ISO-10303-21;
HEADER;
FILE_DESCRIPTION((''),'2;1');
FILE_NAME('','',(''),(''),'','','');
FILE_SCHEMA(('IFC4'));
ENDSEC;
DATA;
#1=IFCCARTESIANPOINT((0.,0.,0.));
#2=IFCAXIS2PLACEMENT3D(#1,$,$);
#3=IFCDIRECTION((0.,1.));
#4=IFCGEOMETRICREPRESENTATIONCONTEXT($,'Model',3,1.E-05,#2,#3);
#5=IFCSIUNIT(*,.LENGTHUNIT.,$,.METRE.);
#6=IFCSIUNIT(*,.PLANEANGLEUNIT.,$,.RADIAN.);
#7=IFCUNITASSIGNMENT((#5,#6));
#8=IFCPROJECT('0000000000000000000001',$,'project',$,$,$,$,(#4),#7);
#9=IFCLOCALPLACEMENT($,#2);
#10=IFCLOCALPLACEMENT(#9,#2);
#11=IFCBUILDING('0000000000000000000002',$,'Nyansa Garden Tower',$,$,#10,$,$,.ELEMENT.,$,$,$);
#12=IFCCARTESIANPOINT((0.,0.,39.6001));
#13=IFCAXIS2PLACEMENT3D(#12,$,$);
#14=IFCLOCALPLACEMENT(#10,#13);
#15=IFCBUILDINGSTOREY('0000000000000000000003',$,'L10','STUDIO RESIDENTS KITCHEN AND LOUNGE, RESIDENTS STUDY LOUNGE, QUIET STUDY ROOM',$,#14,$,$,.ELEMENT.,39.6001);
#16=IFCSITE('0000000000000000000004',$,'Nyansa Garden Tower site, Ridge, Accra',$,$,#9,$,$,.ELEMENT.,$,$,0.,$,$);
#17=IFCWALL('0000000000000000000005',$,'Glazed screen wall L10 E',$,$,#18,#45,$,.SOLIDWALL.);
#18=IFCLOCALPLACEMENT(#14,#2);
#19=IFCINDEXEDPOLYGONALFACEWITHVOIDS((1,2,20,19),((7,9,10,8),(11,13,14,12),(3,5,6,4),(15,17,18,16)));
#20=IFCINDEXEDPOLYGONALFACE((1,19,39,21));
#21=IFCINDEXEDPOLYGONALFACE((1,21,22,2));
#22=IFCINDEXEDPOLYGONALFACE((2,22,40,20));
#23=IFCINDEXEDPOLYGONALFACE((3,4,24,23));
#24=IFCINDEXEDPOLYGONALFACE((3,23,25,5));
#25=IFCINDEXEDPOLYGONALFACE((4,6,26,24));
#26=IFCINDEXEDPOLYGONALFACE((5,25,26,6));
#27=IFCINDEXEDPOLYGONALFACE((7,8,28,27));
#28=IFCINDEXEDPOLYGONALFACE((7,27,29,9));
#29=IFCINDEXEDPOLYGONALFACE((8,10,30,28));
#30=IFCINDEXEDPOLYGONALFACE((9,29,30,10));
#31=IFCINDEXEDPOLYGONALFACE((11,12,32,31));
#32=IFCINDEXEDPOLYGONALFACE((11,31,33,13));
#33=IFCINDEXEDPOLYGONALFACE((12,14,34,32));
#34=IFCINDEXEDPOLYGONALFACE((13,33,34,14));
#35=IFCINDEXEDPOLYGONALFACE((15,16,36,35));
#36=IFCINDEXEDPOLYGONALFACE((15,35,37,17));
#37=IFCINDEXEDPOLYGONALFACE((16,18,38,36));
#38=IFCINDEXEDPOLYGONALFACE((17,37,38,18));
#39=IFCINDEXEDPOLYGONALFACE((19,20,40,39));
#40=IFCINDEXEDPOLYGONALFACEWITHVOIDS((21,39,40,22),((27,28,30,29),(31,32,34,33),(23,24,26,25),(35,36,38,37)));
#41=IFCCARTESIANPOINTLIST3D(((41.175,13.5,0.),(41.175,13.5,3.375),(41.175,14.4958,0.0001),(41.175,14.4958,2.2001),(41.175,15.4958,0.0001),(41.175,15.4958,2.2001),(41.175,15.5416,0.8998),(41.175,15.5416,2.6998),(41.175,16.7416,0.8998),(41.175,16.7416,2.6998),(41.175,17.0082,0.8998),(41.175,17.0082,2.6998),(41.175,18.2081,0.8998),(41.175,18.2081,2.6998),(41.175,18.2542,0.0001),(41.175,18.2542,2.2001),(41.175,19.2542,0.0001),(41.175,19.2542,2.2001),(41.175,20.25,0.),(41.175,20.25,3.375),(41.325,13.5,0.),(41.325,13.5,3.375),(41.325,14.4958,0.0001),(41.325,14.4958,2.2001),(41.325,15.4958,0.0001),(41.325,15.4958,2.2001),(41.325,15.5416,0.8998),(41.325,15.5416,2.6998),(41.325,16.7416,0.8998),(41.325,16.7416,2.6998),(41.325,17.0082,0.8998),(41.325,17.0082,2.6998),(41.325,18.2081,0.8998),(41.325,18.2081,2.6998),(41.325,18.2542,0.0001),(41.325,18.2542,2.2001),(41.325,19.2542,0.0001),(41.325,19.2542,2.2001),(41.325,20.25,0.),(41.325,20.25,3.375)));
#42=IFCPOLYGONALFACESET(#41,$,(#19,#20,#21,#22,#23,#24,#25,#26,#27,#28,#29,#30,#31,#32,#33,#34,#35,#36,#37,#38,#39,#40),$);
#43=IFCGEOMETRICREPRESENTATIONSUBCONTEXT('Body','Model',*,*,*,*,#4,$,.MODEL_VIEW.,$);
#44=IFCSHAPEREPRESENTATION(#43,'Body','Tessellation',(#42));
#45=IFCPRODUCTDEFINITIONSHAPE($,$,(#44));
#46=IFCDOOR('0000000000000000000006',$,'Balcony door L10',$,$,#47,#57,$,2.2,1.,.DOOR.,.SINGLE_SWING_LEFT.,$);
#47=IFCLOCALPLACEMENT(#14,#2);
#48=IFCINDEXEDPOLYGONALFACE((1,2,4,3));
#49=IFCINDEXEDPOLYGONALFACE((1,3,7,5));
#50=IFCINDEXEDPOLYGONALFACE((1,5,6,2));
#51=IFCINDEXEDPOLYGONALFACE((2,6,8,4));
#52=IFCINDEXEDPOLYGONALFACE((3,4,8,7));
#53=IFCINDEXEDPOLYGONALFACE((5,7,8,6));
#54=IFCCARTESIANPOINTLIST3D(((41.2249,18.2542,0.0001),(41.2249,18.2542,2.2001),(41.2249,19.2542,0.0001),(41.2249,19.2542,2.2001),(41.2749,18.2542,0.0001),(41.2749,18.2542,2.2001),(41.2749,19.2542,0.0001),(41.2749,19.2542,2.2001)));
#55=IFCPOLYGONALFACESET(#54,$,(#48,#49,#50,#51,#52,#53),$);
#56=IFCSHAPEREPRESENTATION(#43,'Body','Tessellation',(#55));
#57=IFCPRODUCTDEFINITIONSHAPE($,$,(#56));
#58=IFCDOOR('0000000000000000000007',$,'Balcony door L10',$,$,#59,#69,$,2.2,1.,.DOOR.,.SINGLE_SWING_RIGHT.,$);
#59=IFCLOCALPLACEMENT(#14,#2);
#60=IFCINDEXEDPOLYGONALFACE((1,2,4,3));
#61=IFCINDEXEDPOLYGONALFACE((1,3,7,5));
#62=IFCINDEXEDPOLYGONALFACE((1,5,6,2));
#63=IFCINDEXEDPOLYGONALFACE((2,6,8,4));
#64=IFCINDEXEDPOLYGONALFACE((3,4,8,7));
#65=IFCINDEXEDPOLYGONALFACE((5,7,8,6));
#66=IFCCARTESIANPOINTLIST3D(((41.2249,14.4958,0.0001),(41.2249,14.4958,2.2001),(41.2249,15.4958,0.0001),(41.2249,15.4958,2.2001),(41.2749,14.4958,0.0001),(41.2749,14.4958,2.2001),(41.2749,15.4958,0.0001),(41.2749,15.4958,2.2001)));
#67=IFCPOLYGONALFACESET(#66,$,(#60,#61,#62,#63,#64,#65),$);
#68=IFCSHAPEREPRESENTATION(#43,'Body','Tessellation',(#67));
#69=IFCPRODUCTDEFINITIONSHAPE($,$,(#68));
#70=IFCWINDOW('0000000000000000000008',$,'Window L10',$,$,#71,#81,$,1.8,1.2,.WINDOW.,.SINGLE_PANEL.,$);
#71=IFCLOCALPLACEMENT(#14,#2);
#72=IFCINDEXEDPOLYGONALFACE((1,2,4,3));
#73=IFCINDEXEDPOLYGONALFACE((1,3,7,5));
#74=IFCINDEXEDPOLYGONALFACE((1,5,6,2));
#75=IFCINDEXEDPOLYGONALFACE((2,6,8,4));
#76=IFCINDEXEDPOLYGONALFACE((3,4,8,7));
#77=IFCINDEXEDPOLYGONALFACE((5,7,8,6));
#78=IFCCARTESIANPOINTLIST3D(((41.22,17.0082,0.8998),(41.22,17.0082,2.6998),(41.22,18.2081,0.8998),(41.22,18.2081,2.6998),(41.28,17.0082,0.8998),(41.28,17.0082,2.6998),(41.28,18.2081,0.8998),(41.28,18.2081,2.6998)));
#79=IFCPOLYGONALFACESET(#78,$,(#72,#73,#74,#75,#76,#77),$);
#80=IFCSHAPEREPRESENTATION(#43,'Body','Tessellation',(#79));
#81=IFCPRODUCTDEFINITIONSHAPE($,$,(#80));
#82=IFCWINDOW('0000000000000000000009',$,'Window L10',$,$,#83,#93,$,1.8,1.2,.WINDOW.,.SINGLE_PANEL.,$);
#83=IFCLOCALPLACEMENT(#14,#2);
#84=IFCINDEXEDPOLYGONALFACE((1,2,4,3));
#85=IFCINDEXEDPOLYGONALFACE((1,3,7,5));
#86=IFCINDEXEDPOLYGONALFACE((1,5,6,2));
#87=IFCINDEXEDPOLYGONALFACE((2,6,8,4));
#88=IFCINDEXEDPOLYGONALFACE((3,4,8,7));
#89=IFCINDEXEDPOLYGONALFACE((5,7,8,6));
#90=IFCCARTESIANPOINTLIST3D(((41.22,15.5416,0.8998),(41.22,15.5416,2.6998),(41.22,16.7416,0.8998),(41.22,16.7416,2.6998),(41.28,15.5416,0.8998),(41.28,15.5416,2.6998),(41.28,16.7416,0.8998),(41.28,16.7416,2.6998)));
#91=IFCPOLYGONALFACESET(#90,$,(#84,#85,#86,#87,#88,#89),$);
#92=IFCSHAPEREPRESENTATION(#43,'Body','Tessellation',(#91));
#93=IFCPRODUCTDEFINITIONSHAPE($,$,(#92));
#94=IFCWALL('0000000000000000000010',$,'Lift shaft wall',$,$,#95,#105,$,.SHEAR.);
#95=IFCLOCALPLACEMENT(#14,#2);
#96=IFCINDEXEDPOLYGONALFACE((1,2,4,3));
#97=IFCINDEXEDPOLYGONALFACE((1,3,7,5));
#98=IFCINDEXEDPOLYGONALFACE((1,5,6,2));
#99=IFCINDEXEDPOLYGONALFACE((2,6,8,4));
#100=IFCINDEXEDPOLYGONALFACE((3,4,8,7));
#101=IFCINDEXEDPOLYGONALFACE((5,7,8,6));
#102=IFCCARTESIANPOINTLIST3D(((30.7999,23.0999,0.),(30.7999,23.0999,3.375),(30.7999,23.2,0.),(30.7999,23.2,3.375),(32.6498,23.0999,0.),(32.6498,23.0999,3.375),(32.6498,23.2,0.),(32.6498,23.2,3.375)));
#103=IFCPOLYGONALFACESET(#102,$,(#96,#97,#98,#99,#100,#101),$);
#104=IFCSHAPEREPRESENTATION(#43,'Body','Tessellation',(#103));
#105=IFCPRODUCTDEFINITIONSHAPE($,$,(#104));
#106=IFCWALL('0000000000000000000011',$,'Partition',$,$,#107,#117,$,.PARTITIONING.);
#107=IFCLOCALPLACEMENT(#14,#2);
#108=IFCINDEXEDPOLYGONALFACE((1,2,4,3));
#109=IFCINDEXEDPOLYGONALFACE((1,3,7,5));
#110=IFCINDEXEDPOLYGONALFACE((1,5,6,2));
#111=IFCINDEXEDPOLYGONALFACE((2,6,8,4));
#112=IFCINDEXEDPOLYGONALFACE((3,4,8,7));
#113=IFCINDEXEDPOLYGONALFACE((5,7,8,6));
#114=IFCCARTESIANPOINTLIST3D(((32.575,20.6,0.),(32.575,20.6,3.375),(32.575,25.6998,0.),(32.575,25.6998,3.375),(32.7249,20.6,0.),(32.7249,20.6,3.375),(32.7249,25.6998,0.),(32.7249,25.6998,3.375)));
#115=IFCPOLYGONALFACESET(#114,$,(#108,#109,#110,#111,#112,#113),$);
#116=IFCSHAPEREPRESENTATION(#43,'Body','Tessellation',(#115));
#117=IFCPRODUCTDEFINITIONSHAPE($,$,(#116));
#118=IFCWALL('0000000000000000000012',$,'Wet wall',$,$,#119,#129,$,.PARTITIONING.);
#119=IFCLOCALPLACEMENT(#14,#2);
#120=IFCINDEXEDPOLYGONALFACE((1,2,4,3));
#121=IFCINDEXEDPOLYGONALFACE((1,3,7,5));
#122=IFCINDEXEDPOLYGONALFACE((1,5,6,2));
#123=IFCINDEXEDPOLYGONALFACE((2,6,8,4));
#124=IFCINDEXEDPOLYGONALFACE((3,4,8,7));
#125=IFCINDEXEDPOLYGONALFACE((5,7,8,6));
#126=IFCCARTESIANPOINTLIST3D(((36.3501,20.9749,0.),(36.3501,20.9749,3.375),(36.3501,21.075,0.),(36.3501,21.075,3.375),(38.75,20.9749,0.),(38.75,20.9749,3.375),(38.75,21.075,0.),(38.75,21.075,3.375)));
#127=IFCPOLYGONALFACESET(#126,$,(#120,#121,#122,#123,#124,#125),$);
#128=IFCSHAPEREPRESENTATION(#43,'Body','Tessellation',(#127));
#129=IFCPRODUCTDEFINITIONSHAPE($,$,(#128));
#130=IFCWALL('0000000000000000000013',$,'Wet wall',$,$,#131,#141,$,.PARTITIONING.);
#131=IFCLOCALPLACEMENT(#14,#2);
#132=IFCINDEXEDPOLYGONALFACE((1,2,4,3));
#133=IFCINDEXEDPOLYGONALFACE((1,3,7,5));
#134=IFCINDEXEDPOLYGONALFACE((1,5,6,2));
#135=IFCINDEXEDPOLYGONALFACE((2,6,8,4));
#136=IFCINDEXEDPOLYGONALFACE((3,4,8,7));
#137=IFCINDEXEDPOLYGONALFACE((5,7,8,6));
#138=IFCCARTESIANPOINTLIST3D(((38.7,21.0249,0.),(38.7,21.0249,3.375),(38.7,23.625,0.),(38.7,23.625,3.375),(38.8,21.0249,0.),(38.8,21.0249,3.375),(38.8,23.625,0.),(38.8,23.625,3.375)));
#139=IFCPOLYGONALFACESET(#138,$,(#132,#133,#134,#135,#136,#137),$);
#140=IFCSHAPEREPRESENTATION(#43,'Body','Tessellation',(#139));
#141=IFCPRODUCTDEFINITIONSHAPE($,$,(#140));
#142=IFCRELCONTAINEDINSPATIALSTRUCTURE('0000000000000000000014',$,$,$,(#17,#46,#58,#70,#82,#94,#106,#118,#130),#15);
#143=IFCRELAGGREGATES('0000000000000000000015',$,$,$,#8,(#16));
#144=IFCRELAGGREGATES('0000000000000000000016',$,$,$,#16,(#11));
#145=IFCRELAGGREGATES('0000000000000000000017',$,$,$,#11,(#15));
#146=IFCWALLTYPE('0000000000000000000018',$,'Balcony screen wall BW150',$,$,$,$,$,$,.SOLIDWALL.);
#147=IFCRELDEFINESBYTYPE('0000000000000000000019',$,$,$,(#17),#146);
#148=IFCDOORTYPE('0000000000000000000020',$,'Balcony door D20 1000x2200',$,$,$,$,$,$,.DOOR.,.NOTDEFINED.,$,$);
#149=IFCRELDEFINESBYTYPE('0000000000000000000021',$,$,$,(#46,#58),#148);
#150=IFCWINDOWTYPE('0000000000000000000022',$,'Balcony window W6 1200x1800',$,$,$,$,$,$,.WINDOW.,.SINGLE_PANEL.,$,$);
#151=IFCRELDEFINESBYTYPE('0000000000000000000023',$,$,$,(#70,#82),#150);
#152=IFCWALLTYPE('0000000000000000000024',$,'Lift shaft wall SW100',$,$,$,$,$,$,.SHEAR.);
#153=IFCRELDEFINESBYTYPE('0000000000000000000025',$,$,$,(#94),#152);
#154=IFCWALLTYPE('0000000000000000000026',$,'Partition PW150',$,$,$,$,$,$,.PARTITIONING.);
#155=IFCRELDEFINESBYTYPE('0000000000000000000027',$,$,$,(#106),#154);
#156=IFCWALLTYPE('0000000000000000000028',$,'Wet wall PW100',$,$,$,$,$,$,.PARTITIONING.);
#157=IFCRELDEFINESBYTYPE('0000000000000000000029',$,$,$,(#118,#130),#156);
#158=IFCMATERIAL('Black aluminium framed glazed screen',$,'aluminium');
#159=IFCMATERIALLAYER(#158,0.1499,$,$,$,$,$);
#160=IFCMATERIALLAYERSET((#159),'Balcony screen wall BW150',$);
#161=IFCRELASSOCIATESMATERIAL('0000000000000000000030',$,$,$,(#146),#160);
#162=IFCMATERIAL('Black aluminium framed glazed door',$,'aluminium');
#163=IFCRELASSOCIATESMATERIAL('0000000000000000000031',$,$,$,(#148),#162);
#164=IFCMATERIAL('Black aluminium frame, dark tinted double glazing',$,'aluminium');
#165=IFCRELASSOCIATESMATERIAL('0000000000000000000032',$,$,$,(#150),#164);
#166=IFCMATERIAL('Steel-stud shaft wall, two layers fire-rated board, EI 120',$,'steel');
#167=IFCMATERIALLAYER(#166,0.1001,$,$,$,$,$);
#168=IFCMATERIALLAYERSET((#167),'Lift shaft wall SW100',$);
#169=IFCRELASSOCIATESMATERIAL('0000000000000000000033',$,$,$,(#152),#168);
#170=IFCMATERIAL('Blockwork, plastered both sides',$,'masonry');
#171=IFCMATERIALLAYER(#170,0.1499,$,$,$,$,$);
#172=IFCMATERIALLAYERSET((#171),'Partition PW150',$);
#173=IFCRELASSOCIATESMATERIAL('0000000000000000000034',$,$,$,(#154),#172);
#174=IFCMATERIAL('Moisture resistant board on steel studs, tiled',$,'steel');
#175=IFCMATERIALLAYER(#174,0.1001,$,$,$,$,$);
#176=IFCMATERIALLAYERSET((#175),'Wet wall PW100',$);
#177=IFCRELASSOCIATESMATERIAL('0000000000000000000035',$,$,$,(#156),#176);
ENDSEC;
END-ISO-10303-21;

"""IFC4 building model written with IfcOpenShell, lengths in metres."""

from ifc_helpers import new_model, si_unit, direction, frame, frame_2d, origin, place, context, subcontext, project, spatial, rectangle, extrude, material, layer, layer_set, type_object, element, fill, save


model = new_model("IFC4")

# Units and contexts
model_context = context("Model", 3, precision=1e-05, world=origin(), true_north=direction((0.0, 1.0)))
body_context = subcontext(model_context, "Body", "Model", "MODEL_VIEW")
ifc_project = project(units=[si_unit("LENGTHUNIT", "METRE"), si_unit("PLANEANGLEUNIT", "RADIAN")], contexts=[model_context])

# Site, building, storey
site_placement = place(None, origin())
site = spatial("IfcSite", under=ifc_project, at=site_placement, Name="Nyansa Garden Tower site, Ridge, Accra", CompositionType="ELEMENT", RefElevation=0.0)
building_placement = place(site_placement, origin())
building = spatial("IfcBuilding", under=site, at=building_placement, Name="Nyansa Garden Tower", CompositionType="ELEMENT")
storey_placement = place(building_placement, frame((0.0, 0.0, 39.6001)))
storey = spatial("IfcBuildingStorey", under=building, at=storey_placement, Name="L10", Description="STUDIO RESIDENTS KITCHEN AND LOUNGE, RESIDENTS STUDY LOUNGE, QUIET STUDY ROOM", CompositionType="ELEMENT", Elevation=39.6001)

# Wall, openings, doors, windows
ifc_material_1 = material(Name="Black aluminium framed glazed screen", Category="aluminium")
ifc_layer_1 = layer(ifc_material_1, 0.1499)
ifc_layer_set_1 = layer_set([ifc_layer_1], Name="Balcony screen wall BW150")
wall_type_1 = type_object("IfcWallType", Name="Balcony screen wall BW150", PredefinedType="SOLIDWALL", material=ifc_layer_set_1)
wall_1_placement = place(storey_placement, frame((41.25, 20.25, 0.0), z_axis=(0.0, 0.0, 1.0), x_axis=(0.0, -1.0, 0.0)))
wall_1 = element("IfcWall", 1, at=wall_1_placement, inside=storey, type_object=wall_type_1, Name="Glazed screen wall L10 E", PredefinedType="SOLIDWALL", context=body_context, shape_type="SweptSolid", body=[
    extrude(rectangle(XDim=6.75, YDim=0.1499, at=frame_2d((3.375, 0.0))), origin(), (0.0, 0.0, 1.0), 3.375),
])
opening_1_placement = place(wall_1_placement, frame((0.9958, 0.0, 0.0)))
opening_1 = element("IfcOpeningElement", 2, at=opening_1_placement, cuts=wall_1, PredefinedType="OPENING", context=body_context, shape_type="SweptSolid", body=[
    extrude(rectangle(XDim=1.0, YDim=2.2, at=frame_2d((0.5, 1.1001))), frame((0.0, 0.085, 0.0), z_axis=(0.0, -1.0, 0.0), x_axis=(1.0, 0.0, 0.0)), (0.0, 0.0, 1.0), 0.1699),
])
opening_2_placement = place(wall_1_placement, frame((2.0417, 0.0, 0.8999)))
opening_2 = element("IfcOpeningElement", 3, at=opening_2_placement, cuts=wall_1, PredefinedType="OPENING", context=body_context, shape_type="SweptSolid", body=[
    extrude(rectangle(XDim=1.2, YDim=1.8, at=frame_2d((0.6001, 0.8999))), frame((0.0, 0.085, 0.0), z_axis=(0.0, -1.0, 0.0), x_axis=(1.0, 0.0, 0.0)), (0.0, 0.0, 1.0), 0.1699),
])
opening_3_placement = place(wall_1_placement, frame((4.7542, 0.0, 0.0)))
opening_3 = element("IfcOpeningElement", 4, at=opening_3_placement, cuts=wall_1, PredefinedType="OPENING", context=body_context, shape_type="SweptSolid", body=[
    extrude(rectangle(XDim=1.0, YDim=2.2, at=frame_2d((0.5, 1.1001))), frame((0.0, 0.085, 0.0), z_axis=(0.0, -1.0, 0.0), x_axis=(1.0, 0.0, 0.0)), (0.0, 0.0, 1.0), 0.1699),
])
opening_4_placement = place(wall_1_placement, frame((3.5083, 0.0, 0.8999)))
opening_4 = element("IfcOpeningElement", 5, at=opening_4_placement, cuts=wall_1, PredefinedType="OPENING", context=body_context, shape_type="SweptSolid", body=[
    extrude(rectangle(XDim=1.2, YDim=1.8, at=frame_2d((0.6001, 0.8999))), frame((0.0, 0.085, 0.0), z_axis=(0.0, -1.0, 0.0), x_axis=(1.0, 0.0, 0.0)), (0.0, 0.0, 1.0), 0.1699),
])
ifc_material_2 = material(Name="Black aluminium framed glazed door", Category="aluminium")
door_type_1 = type_object("IfcDoorType", Name="Balcony door D20 1000x2200", OperationType="NOTDEFINED", PredefinedType="DOOR", material=ifc_material_2)
door_1_placement = place(opening_1_placement, origin())
door_1 = element("IfcDoor", 6, at=door_1_placement, inside=storey, type_object=door_type_1, Name="Balcony door L10", OperationType="SINGLE_SWING_LEFT", OverallHeight=2.2, OverallWidth=1.0, PredefinedType="DOOR", context=body_context, shape_type="SweptSolid", body=[
    extrude(rectangle(XDim=1.0, YDim=2.2, at=frame_2d((0.5, 1.1001))), frame((0.0, 0.0249, 0.0), z_axis=(0.0, -1.0, 0.0), x_axis=(1.0, 0.0, 0.0)), (0.0, 0.0, 1.0), 0.05),
])
fill(opening_1, door_1)
door_2_placement = place(opening_3_placement, origin())
door_2 = element("IfcDoor", 7, at=door_2_placement, inside=storey, type_object=door_type_1, Name="Balcony door L10", OperationType="SINGLE_SWING_RIGHT", OverallHeight=2.2, OverallWidth=1.0, PredefinedType="DOOR", context=body_context, shape_type="SweptSolid", body=[
    extrude(rectangle(XDim=1.0, YDim=2.2, at=frame_2d((0.5, 1.1001))), frame((0.0, 0.0249, 0.0), z_axis=(0.0, -1.0, 0.0), x_axis=(1.0, 0.0, 0.0)), (0.0, 0.0, 1.0), 0.05),
])
fill(opening_3, door_2)
ifc_material_3 = material(Name="Black aluminium frame, dark tinted double glazing", Category="aluminium")
window_type = type_object("IfcWindowType", Name="Balcony window W6 1200x1800", PartitioningType="SINGLE_PANEL", PredefinedType="WINDOW", material=ifc_material_3)
window_1_placement = place(opening_2_placement, origin())
window_1 = element("IfcWindow", 8, at=window_1_placement, inside=storey, type_object=window_type, Name="Window L10", OverallHeight=1.8, OverallWidth=1.2, PartitioningType="SINGLE_PANEL", PredefinedType="WINDOW", context=body_context, shape_type="SweptSolid", body=[
    extrude(rectangle(XDim=1.2, YDim=1.8, at=frame_2d((0.6001, 0.8999))), frame((0.0, 0.03, 0.0), z_axis=(0.0, -1.0, 0.0), x_axis=(1.0, 0.0, 0.0)), (0.0, 0.0, 1.0), 0.0601),
])
fill(opening_2, window_1)
window_2_placement = place(opening_4_placement, origin())
window_2 = element("IfcWindow", 9, at=window_2_placement, inside=storey, type_object=window_type, Name="Window L10", OverallHeight=1.8, OverallWidth=1.2, PartitioningType="SINGLE_PANEL", PredefinedType="WINDOW", context=body_context, shape_type="SweptSolid", body=[
    extrude(rectangle(XDim=1.2, YDim=1.8, at=frame_2d((0.6001, 0.8999))), frame((0.0, 0.03, 0.0), z_axis=(0.0, -1.0, 0.0), x_axis=(1.0, 0.0, 0.0)), (0.0, 0.0, 1.0), 0.0601),
])
fill(opening_4, window_2)

# Walls
ifc_material_4 = material(Name="Steel-stud shaft wall, two layers fire-rated board, EI 120", Category="steel")
ifc_layer_2 = layer(ifc_material_4, 0.1001)
ifc_layer_set_2 = layer_set([ifc_layer_2], Name="Lift shaft wall SW100")
wall_type_2 = type_object("IfcWallType", Name="Lift shaft wall SW100", PredefinedType="SHEAR", material=ifc_layer_set_2)
wall_2_placement = place(storey_placement, frame((30.8, 23.1499, 0.0), z_axis=(0.0, 0.0, 1.0), x_axis=(1.0, 0.0, 0.0)))
element("IfcWall", 10, at=wall_2_placement, inside=storey, type_object=wall_type_2, Name="Lift shaft wall", PredefinedType="SHEAR", context=body_context, shape_type="SweptSolid", body=[
    extrude(rectangle(XDim=1.8499, YDim=0.1001, at=frame_2d((0.9248, 0.0))), origin(), (0.0, 0.0, 1.0), 3.375),
])
ifc_material_5 = material(Name="Blockwork, plastered both sides", Category="masonry")
ifc_layer_3 = layer(ifc_material_5, 0.1499)
ifc_layer_set_3 = layer_set([ifc_layer_3], Name="Partition PW150")
wall_type_3 = type_object("IfcWallType", Name="Partition PW150", PredefinedType="PARTITIONING", material=ifc_layer_set_3)
wall_3_placement = place(storey_placement, frame((32.6499, 20.6001, 0.0), z_axis=(0.0, 0.0, 1.0), x_axis=(0.0, 1.0, 0.0)))
element("IfcWall", 11, at=wall_3_placement, inside=storey, type_object=wall_type_3, Name="Partition", PredefinedType="PARTITIONING", context=body_context, shape_type="SweptSolid", body=[
    extrude(rectangle(XDim=5.0999, YDim=0.1499, at=frame_2d((2.5498, 0.0))), origin(), (0.0, 0.0, 1.0), 3.375),
])
ifc_material_6 = material(Name="Moisture resistant board on steel studs, tiled", Category="steel")
ifc_layer_4 = layer(ifc_material_6, 0.1001)
ifc_layer_set_4 = layer_set([ifc_layer_4], Name="Wet wall PW100")
wall_type_4 = type_object("IfcWallType", Name="Wet wall PW100", PredefinedType="PARTITIONING", material=ifc_layer_set_4)
wall_4_placement = place(storey_placement, frame((36.3501, 21.0249, 0.0), z_axis=(0.0, 0.0, 1.0), x_axis=(1.0, 0.0, 0.0)))
element("IfcWall", 12, at=wall_4_placement, inside=storey, type_object=wall_type_4, Name="Wet wall", PredefinedType="PARTITIONING", context=body_context, shape_type="SweptSolid", body=[
    extrude(rectangle(XDim=2.3999, YDim=0.1001, at=frame_2d((1.2, 0.0))), origin(), (0.0, 0.0, 1.0), 3.375),
])
wall_5_placement = place(storey_placement, frame((38.75, 21.0249, 0.0), z_axis=(0.0, 0.0, 1.0), x_axis=(0.0, 1.0, 0.0)))
element("IfcWall", 13, at=wall_5_placement, inside=storey, type_object=wall_type_4, Name="Wet wall", PredefinedType="PARTITIONING", context=body_context, shape_type="SweptSolid", body=[
    extrude(rectangle(XDim=2.6001, YDim=0.1001, at=frame_2d((1.3, 0.0))), origin(), (0.0, 0.0, 1.0), 3.375),
])

save(model, "model.ifc")
